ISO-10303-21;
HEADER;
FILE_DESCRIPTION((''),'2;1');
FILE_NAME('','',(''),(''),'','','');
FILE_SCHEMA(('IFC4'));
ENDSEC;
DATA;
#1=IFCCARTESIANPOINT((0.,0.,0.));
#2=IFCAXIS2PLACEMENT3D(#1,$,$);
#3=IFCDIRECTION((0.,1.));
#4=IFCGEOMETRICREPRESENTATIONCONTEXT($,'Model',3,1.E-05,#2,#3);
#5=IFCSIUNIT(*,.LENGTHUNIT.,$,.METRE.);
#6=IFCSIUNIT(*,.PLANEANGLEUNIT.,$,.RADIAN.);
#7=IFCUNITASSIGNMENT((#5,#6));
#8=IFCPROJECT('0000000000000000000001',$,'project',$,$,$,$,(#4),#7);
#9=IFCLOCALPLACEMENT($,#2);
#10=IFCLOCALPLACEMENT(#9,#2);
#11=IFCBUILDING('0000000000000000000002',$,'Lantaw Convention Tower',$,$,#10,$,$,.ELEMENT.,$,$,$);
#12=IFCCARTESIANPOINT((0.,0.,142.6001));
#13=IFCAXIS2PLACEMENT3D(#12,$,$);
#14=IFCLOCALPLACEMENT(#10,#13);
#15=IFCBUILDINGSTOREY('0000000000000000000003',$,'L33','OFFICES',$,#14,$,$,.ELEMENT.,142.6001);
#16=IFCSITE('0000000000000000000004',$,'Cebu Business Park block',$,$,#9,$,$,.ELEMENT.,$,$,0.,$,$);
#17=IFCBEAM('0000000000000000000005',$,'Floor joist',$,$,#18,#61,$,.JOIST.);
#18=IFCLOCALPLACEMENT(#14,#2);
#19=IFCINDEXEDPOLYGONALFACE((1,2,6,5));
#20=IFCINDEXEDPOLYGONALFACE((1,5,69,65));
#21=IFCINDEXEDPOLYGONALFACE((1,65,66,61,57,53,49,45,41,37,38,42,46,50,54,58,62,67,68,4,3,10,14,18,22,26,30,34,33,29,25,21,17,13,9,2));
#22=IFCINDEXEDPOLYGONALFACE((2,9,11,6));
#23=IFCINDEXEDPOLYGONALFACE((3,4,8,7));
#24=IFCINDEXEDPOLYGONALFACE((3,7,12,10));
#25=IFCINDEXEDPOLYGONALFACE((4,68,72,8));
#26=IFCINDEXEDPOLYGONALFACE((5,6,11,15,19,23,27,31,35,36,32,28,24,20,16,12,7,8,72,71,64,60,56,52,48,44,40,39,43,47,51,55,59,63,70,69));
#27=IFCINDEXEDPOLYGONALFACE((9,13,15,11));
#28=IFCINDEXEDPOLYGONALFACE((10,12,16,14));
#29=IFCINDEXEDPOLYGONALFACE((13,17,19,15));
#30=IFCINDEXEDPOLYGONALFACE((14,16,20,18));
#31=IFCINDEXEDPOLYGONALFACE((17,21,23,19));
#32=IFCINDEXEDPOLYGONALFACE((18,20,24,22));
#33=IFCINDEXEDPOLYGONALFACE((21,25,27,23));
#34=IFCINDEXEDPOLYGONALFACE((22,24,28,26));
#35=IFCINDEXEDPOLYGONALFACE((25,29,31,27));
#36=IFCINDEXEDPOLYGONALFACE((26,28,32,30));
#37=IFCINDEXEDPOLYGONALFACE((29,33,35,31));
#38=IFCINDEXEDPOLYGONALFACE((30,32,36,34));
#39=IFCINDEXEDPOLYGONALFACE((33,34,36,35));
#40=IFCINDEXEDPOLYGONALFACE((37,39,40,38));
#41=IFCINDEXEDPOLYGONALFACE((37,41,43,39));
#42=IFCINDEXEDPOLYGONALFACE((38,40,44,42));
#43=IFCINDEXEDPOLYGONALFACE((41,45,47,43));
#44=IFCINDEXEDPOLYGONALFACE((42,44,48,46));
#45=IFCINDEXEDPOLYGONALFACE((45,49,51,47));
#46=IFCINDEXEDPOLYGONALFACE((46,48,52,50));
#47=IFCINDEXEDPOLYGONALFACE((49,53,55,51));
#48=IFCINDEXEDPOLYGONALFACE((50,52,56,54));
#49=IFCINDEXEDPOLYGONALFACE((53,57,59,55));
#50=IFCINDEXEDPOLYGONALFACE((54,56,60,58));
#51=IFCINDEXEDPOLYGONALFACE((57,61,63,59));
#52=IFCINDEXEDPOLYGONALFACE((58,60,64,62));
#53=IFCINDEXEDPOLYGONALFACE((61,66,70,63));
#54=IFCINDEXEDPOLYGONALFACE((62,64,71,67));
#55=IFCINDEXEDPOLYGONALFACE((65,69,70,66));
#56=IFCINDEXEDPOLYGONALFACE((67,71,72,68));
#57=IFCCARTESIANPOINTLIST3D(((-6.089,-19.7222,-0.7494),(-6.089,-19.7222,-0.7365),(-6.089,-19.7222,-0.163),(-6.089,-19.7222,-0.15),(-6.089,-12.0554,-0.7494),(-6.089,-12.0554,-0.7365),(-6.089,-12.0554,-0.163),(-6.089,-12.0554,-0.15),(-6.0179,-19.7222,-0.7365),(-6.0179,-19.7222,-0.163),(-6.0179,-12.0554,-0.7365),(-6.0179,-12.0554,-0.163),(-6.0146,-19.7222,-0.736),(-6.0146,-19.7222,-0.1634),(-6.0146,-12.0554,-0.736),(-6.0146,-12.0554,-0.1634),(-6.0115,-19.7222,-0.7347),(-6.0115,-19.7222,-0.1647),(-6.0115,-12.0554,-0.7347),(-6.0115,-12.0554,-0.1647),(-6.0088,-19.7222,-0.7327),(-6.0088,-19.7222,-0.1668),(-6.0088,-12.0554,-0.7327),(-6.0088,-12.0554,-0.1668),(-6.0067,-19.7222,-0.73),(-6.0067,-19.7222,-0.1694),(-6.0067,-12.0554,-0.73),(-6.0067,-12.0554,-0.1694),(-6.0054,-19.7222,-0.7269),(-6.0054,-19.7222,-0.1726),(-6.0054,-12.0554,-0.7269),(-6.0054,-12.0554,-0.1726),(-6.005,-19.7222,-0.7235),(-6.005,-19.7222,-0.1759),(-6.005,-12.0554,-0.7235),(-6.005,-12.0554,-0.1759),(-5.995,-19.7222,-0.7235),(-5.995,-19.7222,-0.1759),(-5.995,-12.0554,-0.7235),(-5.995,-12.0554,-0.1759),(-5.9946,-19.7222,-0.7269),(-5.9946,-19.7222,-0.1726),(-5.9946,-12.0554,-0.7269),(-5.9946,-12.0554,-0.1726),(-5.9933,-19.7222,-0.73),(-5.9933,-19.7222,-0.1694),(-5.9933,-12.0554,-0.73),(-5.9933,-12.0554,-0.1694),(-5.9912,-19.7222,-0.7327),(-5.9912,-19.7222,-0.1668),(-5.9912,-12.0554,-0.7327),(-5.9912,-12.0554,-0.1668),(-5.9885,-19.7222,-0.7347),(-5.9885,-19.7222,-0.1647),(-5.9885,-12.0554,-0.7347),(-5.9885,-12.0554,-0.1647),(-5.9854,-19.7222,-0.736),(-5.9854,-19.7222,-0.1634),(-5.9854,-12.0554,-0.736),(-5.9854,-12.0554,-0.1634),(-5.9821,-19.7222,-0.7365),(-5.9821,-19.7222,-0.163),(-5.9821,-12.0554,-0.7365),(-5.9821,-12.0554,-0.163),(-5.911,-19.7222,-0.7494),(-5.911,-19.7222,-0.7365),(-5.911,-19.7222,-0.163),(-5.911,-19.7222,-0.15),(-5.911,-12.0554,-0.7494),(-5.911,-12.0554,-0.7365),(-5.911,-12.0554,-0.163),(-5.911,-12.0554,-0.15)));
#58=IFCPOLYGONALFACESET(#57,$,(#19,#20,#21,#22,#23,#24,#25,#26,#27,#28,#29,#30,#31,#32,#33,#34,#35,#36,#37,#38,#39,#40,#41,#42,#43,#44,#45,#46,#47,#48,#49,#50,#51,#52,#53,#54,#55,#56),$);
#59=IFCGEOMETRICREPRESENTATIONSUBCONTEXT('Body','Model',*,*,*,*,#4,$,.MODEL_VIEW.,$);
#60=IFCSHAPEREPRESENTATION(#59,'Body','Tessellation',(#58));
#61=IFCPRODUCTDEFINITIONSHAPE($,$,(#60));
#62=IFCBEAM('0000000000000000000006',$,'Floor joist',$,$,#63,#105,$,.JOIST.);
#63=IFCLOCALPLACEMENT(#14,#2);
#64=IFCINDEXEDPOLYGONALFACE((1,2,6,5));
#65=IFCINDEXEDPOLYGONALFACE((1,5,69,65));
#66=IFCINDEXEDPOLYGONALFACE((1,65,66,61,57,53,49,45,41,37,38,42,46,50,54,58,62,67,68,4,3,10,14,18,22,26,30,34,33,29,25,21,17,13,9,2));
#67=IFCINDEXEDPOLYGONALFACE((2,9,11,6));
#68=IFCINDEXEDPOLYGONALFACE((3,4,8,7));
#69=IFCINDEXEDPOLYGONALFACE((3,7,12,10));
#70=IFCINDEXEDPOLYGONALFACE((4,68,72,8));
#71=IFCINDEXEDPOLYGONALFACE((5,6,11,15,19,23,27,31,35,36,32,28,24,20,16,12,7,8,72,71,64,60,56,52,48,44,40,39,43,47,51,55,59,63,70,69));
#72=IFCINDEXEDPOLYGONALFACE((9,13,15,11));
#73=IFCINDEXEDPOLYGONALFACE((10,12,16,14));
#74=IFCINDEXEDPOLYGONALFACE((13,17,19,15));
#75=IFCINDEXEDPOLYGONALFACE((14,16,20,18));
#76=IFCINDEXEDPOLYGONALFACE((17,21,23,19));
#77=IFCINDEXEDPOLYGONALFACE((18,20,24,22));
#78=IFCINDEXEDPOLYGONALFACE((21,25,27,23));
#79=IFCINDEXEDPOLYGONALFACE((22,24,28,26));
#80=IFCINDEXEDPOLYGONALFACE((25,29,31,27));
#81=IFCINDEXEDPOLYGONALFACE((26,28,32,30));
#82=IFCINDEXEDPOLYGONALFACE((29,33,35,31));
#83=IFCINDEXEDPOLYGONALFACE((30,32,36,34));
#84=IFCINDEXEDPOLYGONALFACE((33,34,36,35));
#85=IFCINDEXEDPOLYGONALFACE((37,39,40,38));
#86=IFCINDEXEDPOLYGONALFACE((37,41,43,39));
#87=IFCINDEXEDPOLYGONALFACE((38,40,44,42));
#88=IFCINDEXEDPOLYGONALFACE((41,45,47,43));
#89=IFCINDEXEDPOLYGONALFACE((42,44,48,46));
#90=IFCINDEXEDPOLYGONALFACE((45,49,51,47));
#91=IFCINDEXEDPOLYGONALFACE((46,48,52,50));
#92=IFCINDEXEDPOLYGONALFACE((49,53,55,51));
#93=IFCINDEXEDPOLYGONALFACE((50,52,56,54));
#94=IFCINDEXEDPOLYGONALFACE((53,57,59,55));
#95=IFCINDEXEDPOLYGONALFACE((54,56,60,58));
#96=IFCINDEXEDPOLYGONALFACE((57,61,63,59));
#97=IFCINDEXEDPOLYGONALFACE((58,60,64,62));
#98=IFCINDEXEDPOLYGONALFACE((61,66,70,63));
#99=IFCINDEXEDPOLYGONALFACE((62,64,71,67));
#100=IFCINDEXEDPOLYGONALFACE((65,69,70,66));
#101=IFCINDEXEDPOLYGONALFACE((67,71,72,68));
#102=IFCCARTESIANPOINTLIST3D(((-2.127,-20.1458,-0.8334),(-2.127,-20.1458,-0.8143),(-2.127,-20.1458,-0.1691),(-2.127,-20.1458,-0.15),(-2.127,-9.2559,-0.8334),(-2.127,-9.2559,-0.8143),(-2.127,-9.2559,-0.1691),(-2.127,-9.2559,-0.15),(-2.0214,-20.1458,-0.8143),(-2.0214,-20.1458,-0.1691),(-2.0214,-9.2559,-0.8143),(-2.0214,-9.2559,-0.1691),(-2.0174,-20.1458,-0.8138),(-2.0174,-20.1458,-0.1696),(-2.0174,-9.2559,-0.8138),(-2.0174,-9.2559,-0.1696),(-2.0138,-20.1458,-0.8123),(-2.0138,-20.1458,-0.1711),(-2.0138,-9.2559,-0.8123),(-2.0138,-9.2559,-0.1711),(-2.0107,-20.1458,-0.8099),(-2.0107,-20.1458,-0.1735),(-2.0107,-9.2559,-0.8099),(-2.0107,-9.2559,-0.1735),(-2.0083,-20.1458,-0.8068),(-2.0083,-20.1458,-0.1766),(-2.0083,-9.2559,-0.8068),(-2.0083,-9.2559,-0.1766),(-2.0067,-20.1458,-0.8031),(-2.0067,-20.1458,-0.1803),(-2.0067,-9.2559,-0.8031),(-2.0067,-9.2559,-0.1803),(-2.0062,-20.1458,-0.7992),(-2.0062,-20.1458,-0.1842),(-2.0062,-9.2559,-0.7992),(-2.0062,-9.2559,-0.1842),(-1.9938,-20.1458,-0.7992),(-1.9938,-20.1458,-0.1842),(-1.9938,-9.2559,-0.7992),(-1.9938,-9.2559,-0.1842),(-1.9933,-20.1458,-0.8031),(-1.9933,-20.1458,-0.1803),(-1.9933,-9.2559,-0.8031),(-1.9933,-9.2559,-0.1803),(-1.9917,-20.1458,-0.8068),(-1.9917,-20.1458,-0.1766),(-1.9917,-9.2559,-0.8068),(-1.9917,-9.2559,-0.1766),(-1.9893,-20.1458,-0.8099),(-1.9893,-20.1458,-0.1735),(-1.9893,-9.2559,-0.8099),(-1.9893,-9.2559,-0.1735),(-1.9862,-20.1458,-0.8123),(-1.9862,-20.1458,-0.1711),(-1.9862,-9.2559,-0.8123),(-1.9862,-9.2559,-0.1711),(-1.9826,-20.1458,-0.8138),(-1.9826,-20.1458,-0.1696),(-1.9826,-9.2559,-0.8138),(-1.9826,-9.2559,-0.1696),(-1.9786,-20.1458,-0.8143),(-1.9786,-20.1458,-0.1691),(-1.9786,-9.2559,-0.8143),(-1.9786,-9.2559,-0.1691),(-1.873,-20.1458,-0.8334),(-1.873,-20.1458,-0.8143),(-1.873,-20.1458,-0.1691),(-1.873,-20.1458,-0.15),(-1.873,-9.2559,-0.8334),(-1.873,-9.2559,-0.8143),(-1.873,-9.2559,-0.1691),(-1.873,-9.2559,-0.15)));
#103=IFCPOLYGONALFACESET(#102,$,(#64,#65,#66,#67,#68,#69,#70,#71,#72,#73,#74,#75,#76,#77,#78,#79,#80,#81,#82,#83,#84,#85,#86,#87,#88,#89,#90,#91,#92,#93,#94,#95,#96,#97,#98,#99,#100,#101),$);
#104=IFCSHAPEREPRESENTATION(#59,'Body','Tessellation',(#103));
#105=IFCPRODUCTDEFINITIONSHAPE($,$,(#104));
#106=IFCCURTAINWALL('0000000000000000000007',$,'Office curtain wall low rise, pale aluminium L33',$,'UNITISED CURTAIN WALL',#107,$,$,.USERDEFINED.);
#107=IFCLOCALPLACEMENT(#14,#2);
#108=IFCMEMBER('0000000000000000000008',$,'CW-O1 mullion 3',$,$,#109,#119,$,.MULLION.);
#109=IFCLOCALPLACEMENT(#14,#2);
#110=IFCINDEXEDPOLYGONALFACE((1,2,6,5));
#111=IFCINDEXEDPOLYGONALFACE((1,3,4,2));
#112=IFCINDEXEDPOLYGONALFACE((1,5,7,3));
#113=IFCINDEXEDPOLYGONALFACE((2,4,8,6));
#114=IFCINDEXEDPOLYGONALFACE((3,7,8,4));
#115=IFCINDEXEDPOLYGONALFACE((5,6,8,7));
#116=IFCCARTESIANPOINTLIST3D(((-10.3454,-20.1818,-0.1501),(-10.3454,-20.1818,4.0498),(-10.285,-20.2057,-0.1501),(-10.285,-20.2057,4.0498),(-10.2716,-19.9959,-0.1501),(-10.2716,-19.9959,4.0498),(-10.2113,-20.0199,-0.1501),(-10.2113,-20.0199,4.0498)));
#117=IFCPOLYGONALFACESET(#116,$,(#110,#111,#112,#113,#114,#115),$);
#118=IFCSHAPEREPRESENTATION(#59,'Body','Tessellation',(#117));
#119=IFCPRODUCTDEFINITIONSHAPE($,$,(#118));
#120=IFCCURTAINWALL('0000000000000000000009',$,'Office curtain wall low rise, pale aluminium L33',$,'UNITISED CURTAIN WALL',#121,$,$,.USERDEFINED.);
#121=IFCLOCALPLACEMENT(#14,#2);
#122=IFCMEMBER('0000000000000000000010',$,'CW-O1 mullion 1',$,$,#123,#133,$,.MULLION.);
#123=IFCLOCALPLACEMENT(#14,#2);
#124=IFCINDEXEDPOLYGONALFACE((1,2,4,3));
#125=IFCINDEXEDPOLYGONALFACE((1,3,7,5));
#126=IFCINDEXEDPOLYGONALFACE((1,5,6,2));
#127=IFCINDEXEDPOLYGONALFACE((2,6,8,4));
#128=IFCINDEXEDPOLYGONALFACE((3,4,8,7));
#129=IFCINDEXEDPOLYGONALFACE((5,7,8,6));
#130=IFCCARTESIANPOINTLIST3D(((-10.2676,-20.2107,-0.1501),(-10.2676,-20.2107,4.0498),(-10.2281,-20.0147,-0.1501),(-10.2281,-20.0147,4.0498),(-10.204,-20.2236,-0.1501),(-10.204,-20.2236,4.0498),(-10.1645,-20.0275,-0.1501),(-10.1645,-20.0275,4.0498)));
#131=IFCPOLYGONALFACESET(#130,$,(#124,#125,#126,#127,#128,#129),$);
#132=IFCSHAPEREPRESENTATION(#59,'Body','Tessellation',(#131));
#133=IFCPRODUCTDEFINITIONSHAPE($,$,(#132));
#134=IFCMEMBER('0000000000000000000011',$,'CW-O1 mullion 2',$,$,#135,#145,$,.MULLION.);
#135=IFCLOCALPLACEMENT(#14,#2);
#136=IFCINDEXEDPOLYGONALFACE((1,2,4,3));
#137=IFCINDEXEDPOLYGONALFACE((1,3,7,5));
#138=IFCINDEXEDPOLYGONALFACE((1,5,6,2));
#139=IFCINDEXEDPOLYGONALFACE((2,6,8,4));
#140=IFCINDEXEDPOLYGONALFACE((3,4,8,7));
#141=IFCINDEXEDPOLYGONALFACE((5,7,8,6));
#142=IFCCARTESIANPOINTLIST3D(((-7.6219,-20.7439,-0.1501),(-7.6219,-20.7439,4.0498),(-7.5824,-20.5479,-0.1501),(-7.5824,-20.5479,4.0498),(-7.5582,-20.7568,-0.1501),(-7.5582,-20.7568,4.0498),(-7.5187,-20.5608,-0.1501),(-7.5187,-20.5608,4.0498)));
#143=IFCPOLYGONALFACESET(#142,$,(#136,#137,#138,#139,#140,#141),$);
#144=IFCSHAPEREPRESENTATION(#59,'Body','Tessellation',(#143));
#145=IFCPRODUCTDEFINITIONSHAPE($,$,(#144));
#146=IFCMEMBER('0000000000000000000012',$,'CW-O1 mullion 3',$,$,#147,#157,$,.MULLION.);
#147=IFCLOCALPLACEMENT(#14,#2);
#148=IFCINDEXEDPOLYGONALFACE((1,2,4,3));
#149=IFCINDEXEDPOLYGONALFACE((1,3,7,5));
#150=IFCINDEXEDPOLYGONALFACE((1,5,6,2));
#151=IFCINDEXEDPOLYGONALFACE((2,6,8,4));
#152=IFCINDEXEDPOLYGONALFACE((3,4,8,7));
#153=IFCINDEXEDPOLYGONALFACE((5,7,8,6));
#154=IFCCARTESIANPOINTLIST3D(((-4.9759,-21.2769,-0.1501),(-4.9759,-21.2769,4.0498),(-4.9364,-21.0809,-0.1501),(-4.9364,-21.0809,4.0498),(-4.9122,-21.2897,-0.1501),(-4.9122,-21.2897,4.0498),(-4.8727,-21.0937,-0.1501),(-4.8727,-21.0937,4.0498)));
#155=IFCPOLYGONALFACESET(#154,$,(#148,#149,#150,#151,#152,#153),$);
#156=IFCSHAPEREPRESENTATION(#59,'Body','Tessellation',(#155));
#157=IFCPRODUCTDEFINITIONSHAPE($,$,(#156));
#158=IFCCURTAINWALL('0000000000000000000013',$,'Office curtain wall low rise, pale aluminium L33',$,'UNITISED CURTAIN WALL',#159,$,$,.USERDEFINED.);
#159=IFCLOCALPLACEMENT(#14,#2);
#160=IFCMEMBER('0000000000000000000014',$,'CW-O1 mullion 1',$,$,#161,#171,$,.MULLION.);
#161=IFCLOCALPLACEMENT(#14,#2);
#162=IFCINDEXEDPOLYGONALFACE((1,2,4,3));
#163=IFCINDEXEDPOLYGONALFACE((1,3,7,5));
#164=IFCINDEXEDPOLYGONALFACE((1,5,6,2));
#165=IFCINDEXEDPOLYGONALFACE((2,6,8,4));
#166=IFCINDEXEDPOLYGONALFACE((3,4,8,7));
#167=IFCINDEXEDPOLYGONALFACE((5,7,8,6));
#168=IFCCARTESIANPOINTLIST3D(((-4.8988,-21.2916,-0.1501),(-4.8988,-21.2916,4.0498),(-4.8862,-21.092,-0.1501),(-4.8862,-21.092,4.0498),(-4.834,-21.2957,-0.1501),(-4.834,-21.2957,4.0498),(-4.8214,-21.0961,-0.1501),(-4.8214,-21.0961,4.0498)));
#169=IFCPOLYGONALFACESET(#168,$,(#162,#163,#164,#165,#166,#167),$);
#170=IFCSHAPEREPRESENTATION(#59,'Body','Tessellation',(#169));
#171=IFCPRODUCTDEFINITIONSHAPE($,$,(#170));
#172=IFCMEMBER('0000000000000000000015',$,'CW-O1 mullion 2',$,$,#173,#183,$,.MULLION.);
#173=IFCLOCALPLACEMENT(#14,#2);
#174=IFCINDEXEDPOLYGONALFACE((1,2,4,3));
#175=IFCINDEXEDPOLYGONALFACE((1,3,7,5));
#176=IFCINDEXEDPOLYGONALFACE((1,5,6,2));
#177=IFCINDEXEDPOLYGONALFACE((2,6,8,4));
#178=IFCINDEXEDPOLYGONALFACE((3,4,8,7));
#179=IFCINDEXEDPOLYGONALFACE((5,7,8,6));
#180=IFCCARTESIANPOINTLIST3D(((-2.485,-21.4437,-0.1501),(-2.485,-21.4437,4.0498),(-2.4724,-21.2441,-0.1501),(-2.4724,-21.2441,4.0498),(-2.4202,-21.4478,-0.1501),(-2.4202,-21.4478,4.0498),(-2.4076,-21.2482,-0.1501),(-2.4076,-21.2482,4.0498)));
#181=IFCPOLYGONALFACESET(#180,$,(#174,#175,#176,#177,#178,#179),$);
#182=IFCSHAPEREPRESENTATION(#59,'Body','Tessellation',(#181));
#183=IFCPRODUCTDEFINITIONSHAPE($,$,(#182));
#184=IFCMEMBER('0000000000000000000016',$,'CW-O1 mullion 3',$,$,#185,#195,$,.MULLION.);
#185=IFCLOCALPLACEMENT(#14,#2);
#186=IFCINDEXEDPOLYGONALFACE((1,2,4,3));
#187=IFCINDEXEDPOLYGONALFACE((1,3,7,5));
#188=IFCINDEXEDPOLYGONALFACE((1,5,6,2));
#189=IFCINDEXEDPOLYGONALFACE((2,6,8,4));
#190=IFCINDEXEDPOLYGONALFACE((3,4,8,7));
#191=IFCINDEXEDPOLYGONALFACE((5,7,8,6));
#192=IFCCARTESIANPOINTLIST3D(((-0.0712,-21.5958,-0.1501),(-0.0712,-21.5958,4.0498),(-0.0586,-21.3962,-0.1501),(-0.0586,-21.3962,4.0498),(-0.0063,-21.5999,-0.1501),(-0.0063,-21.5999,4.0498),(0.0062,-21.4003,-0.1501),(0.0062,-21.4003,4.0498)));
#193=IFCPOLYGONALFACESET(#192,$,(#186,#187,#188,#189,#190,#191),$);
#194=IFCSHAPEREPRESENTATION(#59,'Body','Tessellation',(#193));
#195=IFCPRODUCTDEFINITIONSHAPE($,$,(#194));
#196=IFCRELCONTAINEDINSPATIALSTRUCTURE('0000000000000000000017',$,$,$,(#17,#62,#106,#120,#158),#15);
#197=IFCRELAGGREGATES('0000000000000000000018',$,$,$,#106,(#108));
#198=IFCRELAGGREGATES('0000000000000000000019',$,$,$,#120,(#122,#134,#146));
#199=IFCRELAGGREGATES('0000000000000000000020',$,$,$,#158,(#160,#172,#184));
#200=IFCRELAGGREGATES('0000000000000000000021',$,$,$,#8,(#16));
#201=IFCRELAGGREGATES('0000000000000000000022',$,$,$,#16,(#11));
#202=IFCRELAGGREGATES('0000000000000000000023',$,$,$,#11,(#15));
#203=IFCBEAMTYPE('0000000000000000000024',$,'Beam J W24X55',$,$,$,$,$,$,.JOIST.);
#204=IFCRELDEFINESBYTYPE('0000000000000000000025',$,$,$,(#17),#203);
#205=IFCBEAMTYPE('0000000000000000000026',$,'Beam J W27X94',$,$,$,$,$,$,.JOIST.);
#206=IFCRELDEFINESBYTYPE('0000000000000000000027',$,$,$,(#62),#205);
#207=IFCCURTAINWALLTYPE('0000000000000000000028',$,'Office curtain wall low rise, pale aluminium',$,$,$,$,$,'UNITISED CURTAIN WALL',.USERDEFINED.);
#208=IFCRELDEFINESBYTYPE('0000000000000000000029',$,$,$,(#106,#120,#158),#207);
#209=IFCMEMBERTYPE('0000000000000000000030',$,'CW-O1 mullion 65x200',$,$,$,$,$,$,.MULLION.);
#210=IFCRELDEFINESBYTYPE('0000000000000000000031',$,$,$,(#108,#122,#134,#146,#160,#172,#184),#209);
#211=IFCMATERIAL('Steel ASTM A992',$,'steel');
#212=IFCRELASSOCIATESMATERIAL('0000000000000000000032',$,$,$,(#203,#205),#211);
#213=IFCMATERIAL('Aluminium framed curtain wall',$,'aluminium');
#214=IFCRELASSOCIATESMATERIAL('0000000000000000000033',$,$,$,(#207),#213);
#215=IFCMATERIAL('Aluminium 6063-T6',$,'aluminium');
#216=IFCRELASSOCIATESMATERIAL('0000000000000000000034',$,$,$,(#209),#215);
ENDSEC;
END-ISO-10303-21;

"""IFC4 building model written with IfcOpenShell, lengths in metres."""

from ifc_helpers import new_model, si_unit, direction, frame, origin, origin_2d, place, context, subcontext, project, spatial, rectangle, i_section, extrude, material, material_profile, profile_set, type_object, element, aggregate, save


model = new_model("IFC4")

# Units and contexts
model_context = context("Model", 3, precision=1e-05, world=origin(), true_north=direction((0.0, 1.0)))
body_context = subcontext(model_context, "Body", "Model", "MODEL_VIEW")
ifc_project = project(units=[si_unit("LENGTHUNIT", "METRE"), si_unit("PLANEANGLEUNIT", "RADIAN")], contexts=[model_context])

# Site, building, storey
site_placement = place(None, origin())
site = spatial("IfcSite", under=ifc_project, at=site_placement, Name="Cebu Business Park block", CompositionType="ELEMENT", RefElevation=0.0)
building_placement = place(site_placement, origin())
building = spatial("IfcBuilding", under=site, at=building_placement, Name="Lantaw Convention Tower", CompositionType="ELEMENT")
storey_placement = place(building_placement, frame((0.0, 0.0, 142.6001)))
storey = spatial("IfcBuildingStorey", under=building, at=storey_placement, Name="L33", Description="OFFICES", CompositionType="ELEMENT", Elevation=142.6001)

# Beams
ifc_material_1 = material(Name="Steel ASTM A992", Category="steel")
ifc_material_profile_1 = material_profile(ifc_material_1, i_section(OverallWidth=0.178, OverallDepth=0.5994, WebThickness=0.01, FlangeThickness=0.0129, FilletRadius=0.0129, at=origin_2d()), Name="W24X55")
ifc_profile_set_1 = profile_set([ifc_material_profile_1], Name="Steel ASTM A992")
beam_type_1 = type_object("IfcBeamType", Name="Beam J W24X55", PredefinedType="JOIST", material=ifc_profile_set_1)
beam_1_placement = place(storey_placement, frame((-6.0, -19.7222, -0.4497), z_axis=(0.0, 1.0, 0.0), x_axis=(-1.0, 0.0, 0.0)))
element("IfcBeam", 1, at=beam_1_placement, inside=storey, type_object=beam_type_1, Name="Floor joist", PredefinedType="JOIST", context=body_context, shape_type="SweptSolid", body=[
    extrude(i_section(OverallWidth=0.178, OverallDepth=0.5994, WebThickness=0.01, FlangeThickness=0.0129, FilletRadius=0.0129, at=origin_2d()), origin(), (0.0, 0.0, 1.0), 7.6667),
])
ifc_material_profile_2 = material_profile(ifc_material_1, i_section(OverallWidth=0.2539, OverallDepth=0.6833, WebThickness=0.0125, FlangeThickness=0.019, FilletRadius=0.0151, at=origin_2d()), Name="W27X94")
ifc_profile_set_2 = profile_set([ifc_material_profile_2], Name="Steel ASTM A992")
beam_type_2 = type_object("IfcBeamType", Name="Beam J W27X94", PredefinedType="JOIST", material=ifc_profile_set_2)
beam_2_placement = place(storey_placement, frame((-2.0, -20.1458, -0.4917), z_axis=(0.0, 1.0, 0.0), x_axis=(-1.0, 0.0, 0.0)))
element("IfcBeam", 2, at=beam_2_placement, inside=storey, type_object=beam_type_2, Name="Floor joist", PredefinedType="JOIST", context=body_context, shape_type="SweptSolid", body=[
    extrude(i_section(OverallWidth=0.2539, OverallDepth=0.6833, WebThickness=0.0125, FlangeThickness=0.019, FilletRadius=0.0151, at=origin_2d()), origin(), (0.0, 0.0, 1.0), 10.8899),
])

# Curtain wall, member
ifc_material_2 = material(Name="Aluminium framed curtain wall", Category="aluminium")
curtain_wall_type = type_object("IfcCurtainWallType", Name="Office curtain wall low rise, pale aluminium", ElementType="UNITISED CURTAIN WALL", PredefinedType="USERDEFINED", material=ifc_material_2)
curtain_wall_1_placement = place(storey_placement, origin())
curtain_wall_1 = element("IfcCurtainWall", 3, at=curtain_wall_1_placement, inside=storey, type_object=curtain_wall_type, Name="Office curtain wall low rise, pale aluminium L33", ObjectType="UNITISED CURTAIN WALL", PredefinedType="USERDEFINED")
ifc_material_3 = material(Name="Aluminium 6063-T6", Category="aluminium")
ifc_material_profile_3 = material_profile(ifc_material_3, rectangle(XDim=0.2, YDim=0.0649, at=origin_2d()), Name="CW-O1 mullion 65x200")
ifc_profile_set_3 = profile_set([ifc_material_profile_3], Name="Aluminium 6063-T6")
member_type_1 = type_object("IfcMemberType", Name="CW-O1 mullion 65x200", PredefinedType="MULLION", material=ifc_profile_set_3)
member_1_placement = place(storey_placement, frame((-10.2783, -20.1008, -0.1501), z_axis=(0.0, 0.0, 1.0), x_axis=(0.368702, 0.929548, 0.0)))
member_1 = element("IfcMember", 4, at=member_1_placement, type_object=member_type_1, Name="CW-O1 mullion 3", PredefinedType="MULLION", context=body_context, shape_type="SweptSolid", body=[
    extrude(rectangle(XDim=0.2, YDim=0.0649, at=origin_2d()), origin(), (0.0, 0.0, 1.0), 4.2),
])

# Curtain walls, members
curtain_wall_2_placement = place(storey_placement, origin())
curtain_wall_2 = element("IfcCurtainWall", 5, at=curtain_wall_2_placement, inside=storey, type_object=curtain_wall_type, Name="Office curtain wall low rise, pale aluminium L33", ObjectType="UNITISED CURTAIN WALL", PredefinedType="USERDEFINED")
member_2_placement = place(storey_placement, frame((-10.2161, -20.1191, -0.1501), z_axis=(0.0, 0.0, 1.0), x_axis=(0.197507, 0.980302, 0.0)))
member_2 = element("IfcMember", 6, at=member_2_placement, type_object=member_type_1, Name="CW-O1 mullion 1", PredefinedType="MULLION", context=body_context, shape_type="SweptSolid", body=[
    extrude(rectangle(XDim=0.2, YDim=0.0649, at=origin_2d()), origin(), (0.0, 0.0, 1.0), 4.2),
])
member_3_placement = place(storey_placement, frame((-7.5703, -20.6523, -0.1501), z_axis=(0.0, 0.0, 1.0), x_axis=(0.197507, 0.980302, 0.0)))
member_3 = element("IfcMember", 7, at=member_3_placement, type_object=member_type_1, Name="CW-O1 mullion 2", PredefinedType="MULLION", context=body_context, shape_type="SweptSolid", body=[
    extrude(rectangle(XDim=0.2, YDim=0.0649, at=origin_2d()), origin(), (0.0, 0.0, 1.0), 4.2),
])
member_4_placement = place(storey_placement, frame((-4.9243, -21.1853, -0.1501), z_axis=(0.0, 0.0, 1.0), x_axis=(0.197507, 0.980302, 0.0)))
member_4 = element("IfcMember", 8, at=member_4_placement, type_object=member_type_1, Name="CW-O1 mullion 3", PredefinedType="MULLION", context=body_context, shape_type="SweptSolid", body=[
    extrude(rectangle(XDim=0.2, YDim=0.0649, at=origin_2d()), origin(), (0.0, 0.0, 1.0), 4.2),
])
curtain_wall_3_placement = place(storey_placement, origin())
curtain_wall_3 = element("IfcCurtainWall", 9, at=curtain_wall_3_placement, inside=storey, type_object=curtain_wall_type, Name="Office curtain wall low rise, pale aluminium L33", ObjectType="UNITISED CURTAIN WALL", PredefinedType="USERDEFINED")
member_5_placement = place(storey_placement, frame((-4.8601, -21.1938, -0.1501), z_axis=(0.0, 0.0, 1.0), x_axis=(0.062865, 0.998022, 0.0)))
member_5 = element("IfcMember", 10, at=member_5_placement, type_object=member_type_1, Name="CW-O1 mullion 1", PredefinedType="MULLION", context=body_context, shape_type="SweptSolid", body=[
    extrude(rectangle(XDim=0.2, YDim=0.0649, at=origin_2d()), origin(), (0.0, 0.0, 1.0), 4.2),
])
member_6_placement = place(storey_placement, frame((-2.4463, -21.3459, -0.1501), z_axis=(0.0, 0.0, 1.0), x_axis=(0.062865, 0.998022, 0.0)))
member_6 = element("IfcMember", 11, at=member_6_placement, type_object=member_type_1, Name="CW-O1 mullion 2", PredefinedType="MULLION", context=body_context, shape_type="SweptSolid", body=[
    extrude(rectangle(XDim=0.2, YDim=0.0649, at=origin_2d()), origin(), (0.0, 0.0, 1.0), 4.2),
])
member_7_placement = place(storey_placement, frame((-0.0325, -21.498, -0.1501), z_axis=(0.0, 0.0, 1.0), x_axis=(0.062865, 0.998022, 0.0)))
member_7 = element("IfcMember", 12, at=member_7_placement, type_object=member_type_1, Name="CW-O1 mullion 3", PredefinedType="MULLION", context=body_context, shape_type="SweptSolid", body=[
    extrude(rectangle(XDim=0.2, YDim=0.0649, at=origin_2d()), origin(), (0.0, 0.0, 1.0), 4.2),
])

aggregate(curtain_wall_1, [member_1])
aggregate(curtain_wall_2, [member_2, member_3, member_4])
aggregate(curtain_wall_3, [member_5, member_6, member_7])

save(model, "model.ifc")
